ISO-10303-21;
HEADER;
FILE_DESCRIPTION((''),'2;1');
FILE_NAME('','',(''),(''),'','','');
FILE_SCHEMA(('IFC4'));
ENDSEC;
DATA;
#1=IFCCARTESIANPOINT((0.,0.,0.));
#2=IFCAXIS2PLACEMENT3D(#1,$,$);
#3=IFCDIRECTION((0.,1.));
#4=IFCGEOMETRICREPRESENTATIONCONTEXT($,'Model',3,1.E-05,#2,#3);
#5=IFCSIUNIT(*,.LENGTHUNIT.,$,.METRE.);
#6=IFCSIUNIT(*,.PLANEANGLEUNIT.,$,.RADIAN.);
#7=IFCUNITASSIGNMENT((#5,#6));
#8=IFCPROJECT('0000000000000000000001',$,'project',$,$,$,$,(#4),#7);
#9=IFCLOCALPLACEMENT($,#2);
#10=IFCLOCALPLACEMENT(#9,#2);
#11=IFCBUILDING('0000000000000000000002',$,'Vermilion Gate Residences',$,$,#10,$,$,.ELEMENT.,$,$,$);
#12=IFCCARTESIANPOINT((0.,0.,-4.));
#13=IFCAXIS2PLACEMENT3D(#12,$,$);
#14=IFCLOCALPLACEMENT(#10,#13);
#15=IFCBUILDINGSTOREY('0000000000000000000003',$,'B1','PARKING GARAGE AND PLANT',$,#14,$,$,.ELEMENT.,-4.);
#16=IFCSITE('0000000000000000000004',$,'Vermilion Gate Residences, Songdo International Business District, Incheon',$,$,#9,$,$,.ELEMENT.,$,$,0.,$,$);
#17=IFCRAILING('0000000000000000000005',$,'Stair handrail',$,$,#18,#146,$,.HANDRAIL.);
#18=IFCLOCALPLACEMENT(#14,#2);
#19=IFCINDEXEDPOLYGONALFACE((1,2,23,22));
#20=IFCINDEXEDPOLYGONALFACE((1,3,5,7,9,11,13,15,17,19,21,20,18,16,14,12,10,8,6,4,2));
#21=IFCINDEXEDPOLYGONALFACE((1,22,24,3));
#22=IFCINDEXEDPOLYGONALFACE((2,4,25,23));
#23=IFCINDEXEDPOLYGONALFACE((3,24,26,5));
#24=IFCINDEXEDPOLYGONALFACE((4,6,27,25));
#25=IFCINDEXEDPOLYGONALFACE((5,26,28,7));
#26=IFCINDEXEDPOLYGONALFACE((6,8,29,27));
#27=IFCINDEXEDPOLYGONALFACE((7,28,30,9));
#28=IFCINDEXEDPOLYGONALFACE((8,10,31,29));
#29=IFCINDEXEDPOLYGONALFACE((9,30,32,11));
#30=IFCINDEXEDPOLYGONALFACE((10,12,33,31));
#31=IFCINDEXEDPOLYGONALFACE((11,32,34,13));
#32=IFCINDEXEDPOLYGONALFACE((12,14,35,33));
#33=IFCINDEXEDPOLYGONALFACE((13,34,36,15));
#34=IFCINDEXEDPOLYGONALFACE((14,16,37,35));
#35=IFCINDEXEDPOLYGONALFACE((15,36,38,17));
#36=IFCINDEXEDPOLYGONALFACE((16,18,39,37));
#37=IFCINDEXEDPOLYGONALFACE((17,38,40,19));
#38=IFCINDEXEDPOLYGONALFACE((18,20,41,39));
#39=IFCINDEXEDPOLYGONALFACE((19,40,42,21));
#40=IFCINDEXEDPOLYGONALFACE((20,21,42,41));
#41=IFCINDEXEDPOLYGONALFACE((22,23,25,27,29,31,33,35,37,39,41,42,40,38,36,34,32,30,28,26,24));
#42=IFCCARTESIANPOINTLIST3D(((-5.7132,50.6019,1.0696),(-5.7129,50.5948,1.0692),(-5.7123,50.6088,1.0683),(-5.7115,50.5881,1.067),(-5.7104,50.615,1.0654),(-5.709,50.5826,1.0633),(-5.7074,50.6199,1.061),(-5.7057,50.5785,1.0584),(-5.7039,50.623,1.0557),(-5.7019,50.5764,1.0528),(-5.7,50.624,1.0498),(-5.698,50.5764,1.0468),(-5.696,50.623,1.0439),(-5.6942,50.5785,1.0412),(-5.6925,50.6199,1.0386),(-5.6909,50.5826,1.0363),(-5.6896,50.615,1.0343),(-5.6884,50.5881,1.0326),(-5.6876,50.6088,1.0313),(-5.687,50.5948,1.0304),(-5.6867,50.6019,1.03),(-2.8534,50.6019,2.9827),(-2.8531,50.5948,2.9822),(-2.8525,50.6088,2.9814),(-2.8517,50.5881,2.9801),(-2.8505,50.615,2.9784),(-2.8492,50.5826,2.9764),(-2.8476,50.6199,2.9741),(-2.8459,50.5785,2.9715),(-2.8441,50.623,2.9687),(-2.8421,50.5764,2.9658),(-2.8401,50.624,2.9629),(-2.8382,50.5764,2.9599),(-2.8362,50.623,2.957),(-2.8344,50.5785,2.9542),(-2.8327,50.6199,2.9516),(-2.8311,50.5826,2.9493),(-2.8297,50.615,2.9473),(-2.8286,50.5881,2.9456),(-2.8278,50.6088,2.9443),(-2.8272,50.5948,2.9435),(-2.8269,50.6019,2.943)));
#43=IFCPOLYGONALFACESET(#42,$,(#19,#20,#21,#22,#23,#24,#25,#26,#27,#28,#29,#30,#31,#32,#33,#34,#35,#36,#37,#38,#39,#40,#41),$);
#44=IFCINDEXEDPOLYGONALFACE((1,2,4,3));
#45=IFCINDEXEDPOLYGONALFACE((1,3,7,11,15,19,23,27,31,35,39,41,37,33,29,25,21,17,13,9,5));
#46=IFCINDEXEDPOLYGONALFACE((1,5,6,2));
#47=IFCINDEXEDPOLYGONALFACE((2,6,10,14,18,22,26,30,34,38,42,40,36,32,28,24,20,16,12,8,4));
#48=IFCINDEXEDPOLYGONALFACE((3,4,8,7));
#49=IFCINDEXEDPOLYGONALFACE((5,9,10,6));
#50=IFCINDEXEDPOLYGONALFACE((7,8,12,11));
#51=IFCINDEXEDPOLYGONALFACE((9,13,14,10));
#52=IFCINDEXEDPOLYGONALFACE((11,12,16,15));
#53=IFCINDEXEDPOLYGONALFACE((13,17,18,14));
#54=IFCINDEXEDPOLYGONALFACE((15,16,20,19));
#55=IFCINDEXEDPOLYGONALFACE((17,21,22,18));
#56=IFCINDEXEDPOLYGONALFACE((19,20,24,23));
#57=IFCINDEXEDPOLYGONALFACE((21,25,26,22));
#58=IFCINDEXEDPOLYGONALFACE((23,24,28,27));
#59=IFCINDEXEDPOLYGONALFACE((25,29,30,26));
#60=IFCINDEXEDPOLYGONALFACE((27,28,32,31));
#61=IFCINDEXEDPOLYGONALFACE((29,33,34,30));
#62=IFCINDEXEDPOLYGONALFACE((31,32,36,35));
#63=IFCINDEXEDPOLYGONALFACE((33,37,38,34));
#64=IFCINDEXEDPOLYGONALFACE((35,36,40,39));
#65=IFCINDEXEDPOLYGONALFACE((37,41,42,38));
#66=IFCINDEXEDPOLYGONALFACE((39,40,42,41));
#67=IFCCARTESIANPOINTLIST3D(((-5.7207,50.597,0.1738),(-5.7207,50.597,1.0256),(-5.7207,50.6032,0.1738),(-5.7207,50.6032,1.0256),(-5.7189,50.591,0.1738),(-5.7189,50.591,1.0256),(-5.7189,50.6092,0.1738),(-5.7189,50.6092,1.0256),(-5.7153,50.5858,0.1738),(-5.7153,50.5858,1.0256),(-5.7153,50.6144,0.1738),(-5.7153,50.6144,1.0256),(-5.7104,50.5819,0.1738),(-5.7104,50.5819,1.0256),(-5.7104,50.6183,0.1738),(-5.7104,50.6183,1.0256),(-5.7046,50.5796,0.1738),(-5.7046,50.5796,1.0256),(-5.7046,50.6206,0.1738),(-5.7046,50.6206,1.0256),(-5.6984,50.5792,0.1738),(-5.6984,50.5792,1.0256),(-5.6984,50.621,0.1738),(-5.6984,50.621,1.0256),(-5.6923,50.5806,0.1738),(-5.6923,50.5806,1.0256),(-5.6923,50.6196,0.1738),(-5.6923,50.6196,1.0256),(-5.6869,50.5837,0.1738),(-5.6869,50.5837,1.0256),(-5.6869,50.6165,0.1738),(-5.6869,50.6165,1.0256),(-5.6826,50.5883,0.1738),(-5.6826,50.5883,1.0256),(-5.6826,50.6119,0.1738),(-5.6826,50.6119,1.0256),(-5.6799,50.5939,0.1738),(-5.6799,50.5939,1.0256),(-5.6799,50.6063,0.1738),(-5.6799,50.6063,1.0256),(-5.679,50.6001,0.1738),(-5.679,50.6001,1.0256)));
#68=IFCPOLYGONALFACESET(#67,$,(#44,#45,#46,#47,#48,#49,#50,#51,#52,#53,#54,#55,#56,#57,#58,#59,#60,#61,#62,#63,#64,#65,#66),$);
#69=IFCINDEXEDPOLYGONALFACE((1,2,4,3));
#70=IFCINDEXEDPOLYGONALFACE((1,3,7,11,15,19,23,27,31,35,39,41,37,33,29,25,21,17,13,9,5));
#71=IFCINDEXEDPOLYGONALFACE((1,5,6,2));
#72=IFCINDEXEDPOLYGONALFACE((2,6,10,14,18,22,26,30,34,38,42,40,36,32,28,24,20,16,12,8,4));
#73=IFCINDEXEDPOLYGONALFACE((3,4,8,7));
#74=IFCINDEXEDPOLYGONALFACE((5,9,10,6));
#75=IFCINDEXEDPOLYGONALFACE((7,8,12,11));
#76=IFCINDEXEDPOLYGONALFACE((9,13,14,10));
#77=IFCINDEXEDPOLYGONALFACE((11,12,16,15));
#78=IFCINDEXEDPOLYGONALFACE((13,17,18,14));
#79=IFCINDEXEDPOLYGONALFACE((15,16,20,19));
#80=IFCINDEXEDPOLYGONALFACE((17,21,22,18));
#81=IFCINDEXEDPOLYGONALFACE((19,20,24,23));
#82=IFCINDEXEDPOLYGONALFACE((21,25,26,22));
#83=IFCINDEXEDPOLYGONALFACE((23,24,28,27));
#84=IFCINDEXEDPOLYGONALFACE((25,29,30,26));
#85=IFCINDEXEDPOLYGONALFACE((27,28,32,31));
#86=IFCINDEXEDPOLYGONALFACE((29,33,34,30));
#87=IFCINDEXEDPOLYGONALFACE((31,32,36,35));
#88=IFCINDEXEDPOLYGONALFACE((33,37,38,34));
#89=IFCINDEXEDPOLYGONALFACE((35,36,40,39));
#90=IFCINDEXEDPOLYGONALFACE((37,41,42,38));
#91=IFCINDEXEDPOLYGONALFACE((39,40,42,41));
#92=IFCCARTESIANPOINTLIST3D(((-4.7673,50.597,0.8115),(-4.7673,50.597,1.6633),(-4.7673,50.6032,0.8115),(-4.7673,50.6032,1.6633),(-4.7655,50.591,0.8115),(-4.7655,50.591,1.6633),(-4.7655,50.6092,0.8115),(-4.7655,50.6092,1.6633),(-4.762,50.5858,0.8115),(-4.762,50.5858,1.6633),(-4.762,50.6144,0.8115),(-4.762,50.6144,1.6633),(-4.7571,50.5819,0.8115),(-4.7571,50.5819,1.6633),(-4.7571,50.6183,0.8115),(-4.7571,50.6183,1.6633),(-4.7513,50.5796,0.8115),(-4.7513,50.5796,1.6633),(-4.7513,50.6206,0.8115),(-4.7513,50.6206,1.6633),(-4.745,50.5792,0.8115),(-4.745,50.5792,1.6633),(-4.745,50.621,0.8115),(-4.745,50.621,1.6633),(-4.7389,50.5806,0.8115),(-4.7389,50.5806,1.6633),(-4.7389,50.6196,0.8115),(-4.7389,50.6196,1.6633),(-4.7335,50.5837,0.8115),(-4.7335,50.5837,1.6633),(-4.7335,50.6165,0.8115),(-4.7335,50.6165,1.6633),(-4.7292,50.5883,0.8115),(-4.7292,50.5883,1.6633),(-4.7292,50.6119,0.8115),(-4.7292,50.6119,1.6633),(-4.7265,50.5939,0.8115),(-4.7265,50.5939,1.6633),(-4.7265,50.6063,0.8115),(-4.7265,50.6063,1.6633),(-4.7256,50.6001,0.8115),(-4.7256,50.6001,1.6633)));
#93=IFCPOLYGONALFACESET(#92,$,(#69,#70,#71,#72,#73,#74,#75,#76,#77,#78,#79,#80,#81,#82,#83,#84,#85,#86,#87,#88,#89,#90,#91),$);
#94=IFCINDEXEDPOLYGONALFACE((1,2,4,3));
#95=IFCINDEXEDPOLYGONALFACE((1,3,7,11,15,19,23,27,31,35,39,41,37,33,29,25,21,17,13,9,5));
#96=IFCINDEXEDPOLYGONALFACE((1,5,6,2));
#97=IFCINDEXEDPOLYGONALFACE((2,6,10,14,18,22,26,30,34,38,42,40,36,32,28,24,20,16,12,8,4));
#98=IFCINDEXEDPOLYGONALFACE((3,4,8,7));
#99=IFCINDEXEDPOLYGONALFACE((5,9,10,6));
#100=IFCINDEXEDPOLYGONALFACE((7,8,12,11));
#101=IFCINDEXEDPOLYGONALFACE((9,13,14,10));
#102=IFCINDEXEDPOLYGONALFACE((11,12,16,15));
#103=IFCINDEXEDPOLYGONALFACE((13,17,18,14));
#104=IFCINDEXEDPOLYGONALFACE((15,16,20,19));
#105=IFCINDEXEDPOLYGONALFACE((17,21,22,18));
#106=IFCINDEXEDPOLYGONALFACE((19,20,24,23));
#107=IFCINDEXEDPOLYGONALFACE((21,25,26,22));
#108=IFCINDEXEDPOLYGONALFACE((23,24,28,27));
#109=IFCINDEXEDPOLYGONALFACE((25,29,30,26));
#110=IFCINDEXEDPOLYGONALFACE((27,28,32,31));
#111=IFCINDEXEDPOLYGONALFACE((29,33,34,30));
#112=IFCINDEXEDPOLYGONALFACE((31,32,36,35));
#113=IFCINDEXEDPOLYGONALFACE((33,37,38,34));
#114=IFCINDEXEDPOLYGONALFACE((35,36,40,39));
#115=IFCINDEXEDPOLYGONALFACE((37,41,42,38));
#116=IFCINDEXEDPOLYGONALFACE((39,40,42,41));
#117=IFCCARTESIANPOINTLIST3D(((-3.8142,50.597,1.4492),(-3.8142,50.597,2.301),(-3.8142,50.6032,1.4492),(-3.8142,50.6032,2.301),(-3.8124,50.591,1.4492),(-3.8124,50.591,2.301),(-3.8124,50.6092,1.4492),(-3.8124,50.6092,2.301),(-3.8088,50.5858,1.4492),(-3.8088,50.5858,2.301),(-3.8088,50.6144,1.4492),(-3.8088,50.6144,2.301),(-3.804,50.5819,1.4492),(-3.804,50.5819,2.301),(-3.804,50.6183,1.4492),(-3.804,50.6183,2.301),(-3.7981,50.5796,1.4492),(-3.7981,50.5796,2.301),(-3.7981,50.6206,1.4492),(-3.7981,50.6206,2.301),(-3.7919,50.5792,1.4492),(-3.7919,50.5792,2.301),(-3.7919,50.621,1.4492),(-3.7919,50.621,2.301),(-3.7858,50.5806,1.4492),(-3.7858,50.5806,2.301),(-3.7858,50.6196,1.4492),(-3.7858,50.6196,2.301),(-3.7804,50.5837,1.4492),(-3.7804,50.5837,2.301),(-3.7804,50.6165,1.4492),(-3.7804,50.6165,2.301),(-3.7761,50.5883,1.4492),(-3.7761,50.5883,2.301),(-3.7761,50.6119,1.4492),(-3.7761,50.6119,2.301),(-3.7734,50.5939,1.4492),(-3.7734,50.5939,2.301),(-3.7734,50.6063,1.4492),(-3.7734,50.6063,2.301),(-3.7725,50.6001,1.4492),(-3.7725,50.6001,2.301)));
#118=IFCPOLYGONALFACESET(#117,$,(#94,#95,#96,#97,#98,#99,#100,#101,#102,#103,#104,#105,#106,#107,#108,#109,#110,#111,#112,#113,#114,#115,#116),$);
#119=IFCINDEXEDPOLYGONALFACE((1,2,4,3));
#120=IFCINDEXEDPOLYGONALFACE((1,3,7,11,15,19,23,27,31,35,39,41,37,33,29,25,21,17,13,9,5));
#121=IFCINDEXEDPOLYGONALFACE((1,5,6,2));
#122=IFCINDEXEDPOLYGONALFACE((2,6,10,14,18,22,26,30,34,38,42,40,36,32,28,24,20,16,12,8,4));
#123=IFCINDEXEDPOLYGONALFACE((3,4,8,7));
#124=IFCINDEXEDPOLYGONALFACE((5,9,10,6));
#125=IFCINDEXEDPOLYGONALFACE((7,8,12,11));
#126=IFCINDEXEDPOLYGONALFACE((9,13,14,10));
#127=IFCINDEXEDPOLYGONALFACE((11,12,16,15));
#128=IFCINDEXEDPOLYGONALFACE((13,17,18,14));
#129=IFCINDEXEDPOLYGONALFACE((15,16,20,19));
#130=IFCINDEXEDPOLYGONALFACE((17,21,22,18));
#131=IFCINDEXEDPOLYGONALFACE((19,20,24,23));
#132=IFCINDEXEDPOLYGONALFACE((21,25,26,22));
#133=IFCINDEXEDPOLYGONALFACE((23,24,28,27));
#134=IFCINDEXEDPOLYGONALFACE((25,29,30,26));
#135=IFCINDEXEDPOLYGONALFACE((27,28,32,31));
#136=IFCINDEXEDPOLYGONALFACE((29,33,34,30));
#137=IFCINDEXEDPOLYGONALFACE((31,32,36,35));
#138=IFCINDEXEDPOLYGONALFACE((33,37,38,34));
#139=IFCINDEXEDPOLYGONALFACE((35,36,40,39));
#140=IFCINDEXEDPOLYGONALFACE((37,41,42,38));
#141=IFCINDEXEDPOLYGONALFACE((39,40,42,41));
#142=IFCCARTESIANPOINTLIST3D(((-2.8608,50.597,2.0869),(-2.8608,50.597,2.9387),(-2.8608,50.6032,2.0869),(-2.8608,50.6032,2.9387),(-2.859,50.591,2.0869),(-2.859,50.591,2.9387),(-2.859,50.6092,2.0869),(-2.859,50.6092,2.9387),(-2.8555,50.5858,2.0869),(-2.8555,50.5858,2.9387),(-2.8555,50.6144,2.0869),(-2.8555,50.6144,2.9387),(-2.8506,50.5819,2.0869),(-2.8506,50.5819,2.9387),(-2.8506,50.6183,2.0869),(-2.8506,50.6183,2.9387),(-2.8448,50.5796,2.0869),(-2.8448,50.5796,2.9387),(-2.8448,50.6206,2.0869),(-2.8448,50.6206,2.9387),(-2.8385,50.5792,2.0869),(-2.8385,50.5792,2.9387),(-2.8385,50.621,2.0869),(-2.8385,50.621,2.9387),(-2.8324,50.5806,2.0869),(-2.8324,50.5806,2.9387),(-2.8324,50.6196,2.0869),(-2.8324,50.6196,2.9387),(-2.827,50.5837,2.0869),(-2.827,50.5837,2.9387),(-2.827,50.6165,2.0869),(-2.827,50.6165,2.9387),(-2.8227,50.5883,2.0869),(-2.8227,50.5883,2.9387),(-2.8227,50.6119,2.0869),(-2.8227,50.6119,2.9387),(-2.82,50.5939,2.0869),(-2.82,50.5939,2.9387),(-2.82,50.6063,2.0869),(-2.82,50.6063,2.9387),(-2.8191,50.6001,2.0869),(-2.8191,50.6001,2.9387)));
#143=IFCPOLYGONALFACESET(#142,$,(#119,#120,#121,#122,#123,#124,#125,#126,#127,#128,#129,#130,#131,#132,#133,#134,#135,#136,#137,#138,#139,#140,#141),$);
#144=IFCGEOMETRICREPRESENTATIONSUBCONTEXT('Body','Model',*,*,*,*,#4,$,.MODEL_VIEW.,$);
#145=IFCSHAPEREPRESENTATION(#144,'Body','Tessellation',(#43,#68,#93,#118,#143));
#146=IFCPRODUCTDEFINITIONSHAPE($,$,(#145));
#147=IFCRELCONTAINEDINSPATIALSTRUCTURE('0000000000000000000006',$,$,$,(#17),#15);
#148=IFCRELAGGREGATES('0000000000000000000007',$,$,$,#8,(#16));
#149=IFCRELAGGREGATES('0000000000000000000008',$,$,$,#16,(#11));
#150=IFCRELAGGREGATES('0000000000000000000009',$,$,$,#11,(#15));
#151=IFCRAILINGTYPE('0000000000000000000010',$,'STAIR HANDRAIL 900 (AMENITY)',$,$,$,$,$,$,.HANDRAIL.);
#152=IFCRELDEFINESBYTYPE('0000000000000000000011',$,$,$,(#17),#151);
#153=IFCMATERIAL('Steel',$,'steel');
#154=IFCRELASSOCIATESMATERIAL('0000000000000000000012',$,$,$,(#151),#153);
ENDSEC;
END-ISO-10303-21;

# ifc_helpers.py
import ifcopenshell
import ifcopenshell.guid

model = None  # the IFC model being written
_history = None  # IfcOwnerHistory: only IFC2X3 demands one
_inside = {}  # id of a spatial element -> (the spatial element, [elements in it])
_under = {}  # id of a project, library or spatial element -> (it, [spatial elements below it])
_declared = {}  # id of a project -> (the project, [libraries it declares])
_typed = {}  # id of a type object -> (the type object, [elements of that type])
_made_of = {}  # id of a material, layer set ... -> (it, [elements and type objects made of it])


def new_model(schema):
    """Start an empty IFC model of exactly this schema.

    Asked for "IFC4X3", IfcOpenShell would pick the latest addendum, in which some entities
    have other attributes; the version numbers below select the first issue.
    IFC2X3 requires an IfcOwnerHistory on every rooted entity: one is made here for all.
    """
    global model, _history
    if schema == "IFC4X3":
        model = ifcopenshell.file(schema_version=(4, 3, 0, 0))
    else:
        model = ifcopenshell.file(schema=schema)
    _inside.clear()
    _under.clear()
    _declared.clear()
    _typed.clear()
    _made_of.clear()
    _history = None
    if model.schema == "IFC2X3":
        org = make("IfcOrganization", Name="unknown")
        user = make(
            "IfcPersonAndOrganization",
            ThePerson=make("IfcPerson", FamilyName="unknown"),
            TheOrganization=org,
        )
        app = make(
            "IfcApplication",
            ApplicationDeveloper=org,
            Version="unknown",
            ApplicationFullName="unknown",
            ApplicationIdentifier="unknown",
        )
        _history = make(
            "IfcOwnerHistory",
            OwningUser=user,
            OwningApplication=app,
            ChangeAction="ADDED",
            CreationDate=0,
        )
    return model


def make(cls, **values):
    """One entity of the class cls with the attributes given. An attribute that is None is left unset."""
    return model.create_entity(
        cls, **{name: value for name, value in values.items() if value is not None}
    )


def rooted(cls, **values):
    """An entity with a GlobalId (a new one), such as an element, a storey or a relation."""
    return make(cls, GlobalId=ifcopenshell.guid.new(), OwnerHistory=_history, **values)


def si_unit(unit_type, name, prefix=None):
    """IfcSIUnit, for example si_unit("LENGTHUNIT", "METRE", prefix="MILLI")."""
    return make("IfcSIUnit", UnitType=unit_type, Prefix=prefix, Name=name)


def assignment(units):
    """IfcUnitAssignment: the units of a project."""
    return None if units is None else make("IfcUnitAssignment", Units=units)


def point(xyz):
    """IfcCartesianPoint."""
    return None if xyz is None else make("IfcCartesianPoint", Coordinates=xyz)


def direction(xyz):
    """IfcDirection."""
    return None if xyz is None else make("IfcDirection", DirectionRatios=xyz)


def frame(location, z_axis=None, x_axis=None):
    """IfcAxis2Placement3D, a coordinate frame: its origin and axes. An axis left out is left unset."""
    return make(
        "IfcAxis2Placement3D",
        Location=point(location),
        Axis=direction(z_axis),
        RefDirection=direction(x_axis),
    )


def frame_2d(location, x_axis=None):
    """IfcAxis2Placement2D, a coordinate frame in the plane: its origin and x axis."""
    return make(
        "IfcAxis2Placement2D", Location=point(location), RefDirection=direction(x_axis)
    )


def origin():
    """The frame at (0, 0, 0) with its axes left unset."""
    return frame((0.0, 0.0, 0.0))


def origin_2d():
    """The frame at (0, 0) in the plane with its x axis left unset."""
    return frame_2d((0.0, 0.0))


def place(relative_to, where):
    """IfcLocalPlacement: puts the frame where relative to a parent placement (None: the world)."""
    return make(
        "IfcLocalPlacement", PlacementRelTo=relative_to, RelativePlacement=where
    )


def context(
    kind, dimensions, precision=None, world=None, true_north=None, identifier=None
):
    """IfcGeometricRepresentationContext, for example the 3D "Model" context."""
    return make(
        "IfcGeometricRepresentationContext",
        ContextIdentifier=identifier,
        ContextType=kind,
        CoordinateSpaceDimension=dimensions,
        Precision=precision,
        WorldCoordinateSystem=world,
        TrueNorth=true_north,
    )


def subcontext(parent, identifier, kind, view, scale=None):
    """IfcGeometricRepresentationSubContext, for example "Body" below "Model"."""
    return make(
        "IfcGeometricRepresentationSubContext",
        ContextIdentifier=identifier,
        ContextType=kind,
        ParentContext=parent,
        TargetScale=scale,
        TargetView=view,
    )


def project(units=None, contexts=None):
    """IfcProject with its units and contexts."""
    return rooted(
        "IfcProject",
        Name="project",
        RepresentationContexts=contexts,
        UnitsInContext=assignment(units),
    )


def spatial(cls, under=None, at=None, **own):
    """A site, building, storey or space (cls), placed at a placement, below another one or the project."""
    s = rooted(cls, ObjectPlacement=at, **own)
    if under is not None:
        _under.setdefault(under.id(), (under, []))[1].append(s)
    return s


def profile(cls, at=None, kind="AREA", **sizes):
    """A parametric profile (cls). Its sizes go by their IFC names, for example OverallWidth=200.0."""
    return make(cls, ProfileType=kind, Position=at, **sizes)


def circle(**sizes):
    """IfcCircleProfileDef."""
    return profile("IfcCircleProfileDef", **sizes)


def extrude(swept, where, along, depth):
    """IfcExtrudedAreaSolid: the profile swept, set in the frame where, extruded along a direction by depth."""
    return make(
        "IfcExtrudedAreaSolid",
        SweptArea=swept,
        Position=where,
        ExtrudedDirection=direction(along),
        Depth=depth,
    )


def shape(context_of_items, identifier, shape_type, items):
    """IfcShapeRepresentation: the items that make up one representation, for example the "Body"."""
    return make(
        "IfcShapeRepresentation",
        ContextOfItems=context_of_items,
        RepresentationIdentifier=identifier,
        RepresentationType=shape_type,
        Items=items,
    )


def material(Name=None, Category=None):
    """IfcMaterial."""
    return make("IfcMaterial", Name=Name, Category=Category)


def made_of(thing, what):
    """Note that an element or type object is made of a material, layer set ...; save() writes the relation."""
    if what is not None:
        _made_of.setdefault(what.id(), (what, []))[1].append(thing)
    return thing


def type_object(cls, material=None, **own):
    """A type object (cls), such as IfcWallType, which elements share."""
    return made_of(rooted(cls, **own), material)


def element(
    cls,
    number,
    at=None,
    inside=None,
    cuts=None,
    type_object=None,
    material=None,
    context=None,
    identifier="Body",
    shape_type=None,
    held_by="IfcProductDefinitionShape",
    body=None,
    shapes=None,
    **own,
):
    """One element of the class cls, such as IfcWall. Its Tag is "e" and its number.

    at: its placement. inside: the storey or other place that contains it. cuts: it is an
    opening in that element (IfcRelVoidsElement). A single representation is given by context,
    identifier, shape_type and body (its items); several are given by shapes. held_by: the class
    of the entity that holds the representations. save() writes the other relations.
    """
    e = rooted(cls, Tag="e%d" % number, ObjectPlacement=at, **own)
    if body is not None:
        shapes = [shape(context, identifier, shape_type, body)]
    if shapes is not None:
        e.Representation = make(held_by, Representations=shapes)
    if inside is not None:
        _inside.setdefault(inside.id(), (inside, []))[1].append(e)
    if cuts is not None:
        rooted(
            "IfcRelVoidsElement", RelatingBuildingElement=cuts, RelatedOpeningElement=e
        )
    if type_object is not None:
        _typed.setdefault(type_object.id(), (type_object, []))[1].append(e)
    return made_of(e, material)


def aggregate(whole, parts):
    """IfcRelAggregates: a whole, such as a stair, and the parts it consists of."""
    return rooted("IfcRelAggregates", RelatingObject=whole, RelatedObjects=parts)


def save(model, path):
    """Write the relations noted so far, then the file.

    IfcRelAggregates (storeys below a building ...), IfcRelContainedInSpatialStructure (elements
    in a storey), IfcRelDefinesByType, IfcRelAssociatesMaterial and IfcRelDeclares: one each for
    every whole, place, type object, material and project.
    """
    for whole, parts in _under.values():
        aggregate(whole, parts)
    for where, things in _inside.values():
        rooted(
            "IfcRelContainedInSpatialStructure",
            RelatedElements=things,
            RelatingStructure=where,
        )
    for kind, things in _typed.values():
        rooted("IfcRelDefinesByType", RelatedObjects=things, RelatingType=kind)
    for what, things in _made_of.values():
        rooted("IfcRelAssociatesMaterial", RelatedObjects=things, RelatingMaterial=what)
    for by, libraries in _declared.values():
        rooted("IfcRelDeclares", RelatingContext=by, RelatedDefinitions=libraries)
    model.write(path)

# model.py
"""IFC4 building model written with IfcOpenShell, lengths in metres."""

from ifc_helpers import new_model, si_unit, direction, frame, origin, origin_2d, place, context, subcontext, project, spatial, circle, extrude, material, type_object, element, save


model = new_model("IFC4")

# Units and contexts
model_context = context("Model", 3, precision=1e-05, world=origin(), true_north=direction((0.0, 1.0)))
body_context = subcontext(model_context, "Body", "Model", "MODEL_VIEW")
ifc_project = project(units=[si_unit("LENGTHUNIT", "METRE"), si_unit("PLANEANGLEUNIT", "RADIAN")], contexts=[model_context])

# Site, building, storey
site_placement = place(None, origin())
site = spatial("IfcSite", under=ifc_project, at=site_placement, Name="Vermilion Gate Residences, Songdo International Business District, Incheon", CompositionType="ELEMENT", RefElevation=0.0)
building_placement = place(site_placement, origin())
building = spatial("IfcBuilding", under=site, at=building_placement, Name="Vermilion Gate Residences", CompositionType="ELEMENT")
storey_placement = place(building_placement, frame((0.0, 0.0, -4.0)))
storey = spatial("IfcBuildingStorey", under=building, at=storey_placement, Name="B1", Description="PARKING GARAGE AND PLANT", CompositionType="ELEMENT", Elevation=-4.0)

# Railing
ifc_material_1 = material(Name="Steel", Category="steel")
railing_type = type_object("IfcRailingType", Name="STAIR HANDRAIL 900 (AMENITY)", PredefinedType="HANDRAIL", material=ifc_material_1)
railing_1_placement = place(storey_placement, frame((-5.7, 50.6001, 0.1738)))
element("IfcRailing", 1, at=railing_1_placement, inside=storey, type_object=railing_type, Name="Stair handrail", PredefinedType="HANDRAIL", context=body_context, shape_type="SweptSolid", body=[
    extrude(circle(Radius=0.0239, at=origin_2d()), frame((0.0, 0.0, 0.876), z_axis=(0.831176, 0.0, 0.556009), x_axis=(0.0, 1.0, 0.0)), (0.0, 0.0, 1.0), 3.4407),
    extrude(circle(Radius=0.021, at=origin_2d()), origin(), (0.0, 0.0, 1.0), 0.8518),
    extrude(circle(Radius=0.021, at=origin_2d()), frame((0.9534, 0.0, 0.6377)), (0.0, 0.0, 1.0), 0.8518),
    extrude(circle(Radius=0.021, at=origin_2d()), frame((1.9065, 0.0, 1.2754)), (0.0, 0.0, 1.0), 0.8518),
    extrude(circle(Radius=0.021, at=origin_2d()), frame((2.8599, 0.0, 1.9131)), (0.0, 0.0, 1.0), 0.8518),
])

save(model, "model.ifc")
